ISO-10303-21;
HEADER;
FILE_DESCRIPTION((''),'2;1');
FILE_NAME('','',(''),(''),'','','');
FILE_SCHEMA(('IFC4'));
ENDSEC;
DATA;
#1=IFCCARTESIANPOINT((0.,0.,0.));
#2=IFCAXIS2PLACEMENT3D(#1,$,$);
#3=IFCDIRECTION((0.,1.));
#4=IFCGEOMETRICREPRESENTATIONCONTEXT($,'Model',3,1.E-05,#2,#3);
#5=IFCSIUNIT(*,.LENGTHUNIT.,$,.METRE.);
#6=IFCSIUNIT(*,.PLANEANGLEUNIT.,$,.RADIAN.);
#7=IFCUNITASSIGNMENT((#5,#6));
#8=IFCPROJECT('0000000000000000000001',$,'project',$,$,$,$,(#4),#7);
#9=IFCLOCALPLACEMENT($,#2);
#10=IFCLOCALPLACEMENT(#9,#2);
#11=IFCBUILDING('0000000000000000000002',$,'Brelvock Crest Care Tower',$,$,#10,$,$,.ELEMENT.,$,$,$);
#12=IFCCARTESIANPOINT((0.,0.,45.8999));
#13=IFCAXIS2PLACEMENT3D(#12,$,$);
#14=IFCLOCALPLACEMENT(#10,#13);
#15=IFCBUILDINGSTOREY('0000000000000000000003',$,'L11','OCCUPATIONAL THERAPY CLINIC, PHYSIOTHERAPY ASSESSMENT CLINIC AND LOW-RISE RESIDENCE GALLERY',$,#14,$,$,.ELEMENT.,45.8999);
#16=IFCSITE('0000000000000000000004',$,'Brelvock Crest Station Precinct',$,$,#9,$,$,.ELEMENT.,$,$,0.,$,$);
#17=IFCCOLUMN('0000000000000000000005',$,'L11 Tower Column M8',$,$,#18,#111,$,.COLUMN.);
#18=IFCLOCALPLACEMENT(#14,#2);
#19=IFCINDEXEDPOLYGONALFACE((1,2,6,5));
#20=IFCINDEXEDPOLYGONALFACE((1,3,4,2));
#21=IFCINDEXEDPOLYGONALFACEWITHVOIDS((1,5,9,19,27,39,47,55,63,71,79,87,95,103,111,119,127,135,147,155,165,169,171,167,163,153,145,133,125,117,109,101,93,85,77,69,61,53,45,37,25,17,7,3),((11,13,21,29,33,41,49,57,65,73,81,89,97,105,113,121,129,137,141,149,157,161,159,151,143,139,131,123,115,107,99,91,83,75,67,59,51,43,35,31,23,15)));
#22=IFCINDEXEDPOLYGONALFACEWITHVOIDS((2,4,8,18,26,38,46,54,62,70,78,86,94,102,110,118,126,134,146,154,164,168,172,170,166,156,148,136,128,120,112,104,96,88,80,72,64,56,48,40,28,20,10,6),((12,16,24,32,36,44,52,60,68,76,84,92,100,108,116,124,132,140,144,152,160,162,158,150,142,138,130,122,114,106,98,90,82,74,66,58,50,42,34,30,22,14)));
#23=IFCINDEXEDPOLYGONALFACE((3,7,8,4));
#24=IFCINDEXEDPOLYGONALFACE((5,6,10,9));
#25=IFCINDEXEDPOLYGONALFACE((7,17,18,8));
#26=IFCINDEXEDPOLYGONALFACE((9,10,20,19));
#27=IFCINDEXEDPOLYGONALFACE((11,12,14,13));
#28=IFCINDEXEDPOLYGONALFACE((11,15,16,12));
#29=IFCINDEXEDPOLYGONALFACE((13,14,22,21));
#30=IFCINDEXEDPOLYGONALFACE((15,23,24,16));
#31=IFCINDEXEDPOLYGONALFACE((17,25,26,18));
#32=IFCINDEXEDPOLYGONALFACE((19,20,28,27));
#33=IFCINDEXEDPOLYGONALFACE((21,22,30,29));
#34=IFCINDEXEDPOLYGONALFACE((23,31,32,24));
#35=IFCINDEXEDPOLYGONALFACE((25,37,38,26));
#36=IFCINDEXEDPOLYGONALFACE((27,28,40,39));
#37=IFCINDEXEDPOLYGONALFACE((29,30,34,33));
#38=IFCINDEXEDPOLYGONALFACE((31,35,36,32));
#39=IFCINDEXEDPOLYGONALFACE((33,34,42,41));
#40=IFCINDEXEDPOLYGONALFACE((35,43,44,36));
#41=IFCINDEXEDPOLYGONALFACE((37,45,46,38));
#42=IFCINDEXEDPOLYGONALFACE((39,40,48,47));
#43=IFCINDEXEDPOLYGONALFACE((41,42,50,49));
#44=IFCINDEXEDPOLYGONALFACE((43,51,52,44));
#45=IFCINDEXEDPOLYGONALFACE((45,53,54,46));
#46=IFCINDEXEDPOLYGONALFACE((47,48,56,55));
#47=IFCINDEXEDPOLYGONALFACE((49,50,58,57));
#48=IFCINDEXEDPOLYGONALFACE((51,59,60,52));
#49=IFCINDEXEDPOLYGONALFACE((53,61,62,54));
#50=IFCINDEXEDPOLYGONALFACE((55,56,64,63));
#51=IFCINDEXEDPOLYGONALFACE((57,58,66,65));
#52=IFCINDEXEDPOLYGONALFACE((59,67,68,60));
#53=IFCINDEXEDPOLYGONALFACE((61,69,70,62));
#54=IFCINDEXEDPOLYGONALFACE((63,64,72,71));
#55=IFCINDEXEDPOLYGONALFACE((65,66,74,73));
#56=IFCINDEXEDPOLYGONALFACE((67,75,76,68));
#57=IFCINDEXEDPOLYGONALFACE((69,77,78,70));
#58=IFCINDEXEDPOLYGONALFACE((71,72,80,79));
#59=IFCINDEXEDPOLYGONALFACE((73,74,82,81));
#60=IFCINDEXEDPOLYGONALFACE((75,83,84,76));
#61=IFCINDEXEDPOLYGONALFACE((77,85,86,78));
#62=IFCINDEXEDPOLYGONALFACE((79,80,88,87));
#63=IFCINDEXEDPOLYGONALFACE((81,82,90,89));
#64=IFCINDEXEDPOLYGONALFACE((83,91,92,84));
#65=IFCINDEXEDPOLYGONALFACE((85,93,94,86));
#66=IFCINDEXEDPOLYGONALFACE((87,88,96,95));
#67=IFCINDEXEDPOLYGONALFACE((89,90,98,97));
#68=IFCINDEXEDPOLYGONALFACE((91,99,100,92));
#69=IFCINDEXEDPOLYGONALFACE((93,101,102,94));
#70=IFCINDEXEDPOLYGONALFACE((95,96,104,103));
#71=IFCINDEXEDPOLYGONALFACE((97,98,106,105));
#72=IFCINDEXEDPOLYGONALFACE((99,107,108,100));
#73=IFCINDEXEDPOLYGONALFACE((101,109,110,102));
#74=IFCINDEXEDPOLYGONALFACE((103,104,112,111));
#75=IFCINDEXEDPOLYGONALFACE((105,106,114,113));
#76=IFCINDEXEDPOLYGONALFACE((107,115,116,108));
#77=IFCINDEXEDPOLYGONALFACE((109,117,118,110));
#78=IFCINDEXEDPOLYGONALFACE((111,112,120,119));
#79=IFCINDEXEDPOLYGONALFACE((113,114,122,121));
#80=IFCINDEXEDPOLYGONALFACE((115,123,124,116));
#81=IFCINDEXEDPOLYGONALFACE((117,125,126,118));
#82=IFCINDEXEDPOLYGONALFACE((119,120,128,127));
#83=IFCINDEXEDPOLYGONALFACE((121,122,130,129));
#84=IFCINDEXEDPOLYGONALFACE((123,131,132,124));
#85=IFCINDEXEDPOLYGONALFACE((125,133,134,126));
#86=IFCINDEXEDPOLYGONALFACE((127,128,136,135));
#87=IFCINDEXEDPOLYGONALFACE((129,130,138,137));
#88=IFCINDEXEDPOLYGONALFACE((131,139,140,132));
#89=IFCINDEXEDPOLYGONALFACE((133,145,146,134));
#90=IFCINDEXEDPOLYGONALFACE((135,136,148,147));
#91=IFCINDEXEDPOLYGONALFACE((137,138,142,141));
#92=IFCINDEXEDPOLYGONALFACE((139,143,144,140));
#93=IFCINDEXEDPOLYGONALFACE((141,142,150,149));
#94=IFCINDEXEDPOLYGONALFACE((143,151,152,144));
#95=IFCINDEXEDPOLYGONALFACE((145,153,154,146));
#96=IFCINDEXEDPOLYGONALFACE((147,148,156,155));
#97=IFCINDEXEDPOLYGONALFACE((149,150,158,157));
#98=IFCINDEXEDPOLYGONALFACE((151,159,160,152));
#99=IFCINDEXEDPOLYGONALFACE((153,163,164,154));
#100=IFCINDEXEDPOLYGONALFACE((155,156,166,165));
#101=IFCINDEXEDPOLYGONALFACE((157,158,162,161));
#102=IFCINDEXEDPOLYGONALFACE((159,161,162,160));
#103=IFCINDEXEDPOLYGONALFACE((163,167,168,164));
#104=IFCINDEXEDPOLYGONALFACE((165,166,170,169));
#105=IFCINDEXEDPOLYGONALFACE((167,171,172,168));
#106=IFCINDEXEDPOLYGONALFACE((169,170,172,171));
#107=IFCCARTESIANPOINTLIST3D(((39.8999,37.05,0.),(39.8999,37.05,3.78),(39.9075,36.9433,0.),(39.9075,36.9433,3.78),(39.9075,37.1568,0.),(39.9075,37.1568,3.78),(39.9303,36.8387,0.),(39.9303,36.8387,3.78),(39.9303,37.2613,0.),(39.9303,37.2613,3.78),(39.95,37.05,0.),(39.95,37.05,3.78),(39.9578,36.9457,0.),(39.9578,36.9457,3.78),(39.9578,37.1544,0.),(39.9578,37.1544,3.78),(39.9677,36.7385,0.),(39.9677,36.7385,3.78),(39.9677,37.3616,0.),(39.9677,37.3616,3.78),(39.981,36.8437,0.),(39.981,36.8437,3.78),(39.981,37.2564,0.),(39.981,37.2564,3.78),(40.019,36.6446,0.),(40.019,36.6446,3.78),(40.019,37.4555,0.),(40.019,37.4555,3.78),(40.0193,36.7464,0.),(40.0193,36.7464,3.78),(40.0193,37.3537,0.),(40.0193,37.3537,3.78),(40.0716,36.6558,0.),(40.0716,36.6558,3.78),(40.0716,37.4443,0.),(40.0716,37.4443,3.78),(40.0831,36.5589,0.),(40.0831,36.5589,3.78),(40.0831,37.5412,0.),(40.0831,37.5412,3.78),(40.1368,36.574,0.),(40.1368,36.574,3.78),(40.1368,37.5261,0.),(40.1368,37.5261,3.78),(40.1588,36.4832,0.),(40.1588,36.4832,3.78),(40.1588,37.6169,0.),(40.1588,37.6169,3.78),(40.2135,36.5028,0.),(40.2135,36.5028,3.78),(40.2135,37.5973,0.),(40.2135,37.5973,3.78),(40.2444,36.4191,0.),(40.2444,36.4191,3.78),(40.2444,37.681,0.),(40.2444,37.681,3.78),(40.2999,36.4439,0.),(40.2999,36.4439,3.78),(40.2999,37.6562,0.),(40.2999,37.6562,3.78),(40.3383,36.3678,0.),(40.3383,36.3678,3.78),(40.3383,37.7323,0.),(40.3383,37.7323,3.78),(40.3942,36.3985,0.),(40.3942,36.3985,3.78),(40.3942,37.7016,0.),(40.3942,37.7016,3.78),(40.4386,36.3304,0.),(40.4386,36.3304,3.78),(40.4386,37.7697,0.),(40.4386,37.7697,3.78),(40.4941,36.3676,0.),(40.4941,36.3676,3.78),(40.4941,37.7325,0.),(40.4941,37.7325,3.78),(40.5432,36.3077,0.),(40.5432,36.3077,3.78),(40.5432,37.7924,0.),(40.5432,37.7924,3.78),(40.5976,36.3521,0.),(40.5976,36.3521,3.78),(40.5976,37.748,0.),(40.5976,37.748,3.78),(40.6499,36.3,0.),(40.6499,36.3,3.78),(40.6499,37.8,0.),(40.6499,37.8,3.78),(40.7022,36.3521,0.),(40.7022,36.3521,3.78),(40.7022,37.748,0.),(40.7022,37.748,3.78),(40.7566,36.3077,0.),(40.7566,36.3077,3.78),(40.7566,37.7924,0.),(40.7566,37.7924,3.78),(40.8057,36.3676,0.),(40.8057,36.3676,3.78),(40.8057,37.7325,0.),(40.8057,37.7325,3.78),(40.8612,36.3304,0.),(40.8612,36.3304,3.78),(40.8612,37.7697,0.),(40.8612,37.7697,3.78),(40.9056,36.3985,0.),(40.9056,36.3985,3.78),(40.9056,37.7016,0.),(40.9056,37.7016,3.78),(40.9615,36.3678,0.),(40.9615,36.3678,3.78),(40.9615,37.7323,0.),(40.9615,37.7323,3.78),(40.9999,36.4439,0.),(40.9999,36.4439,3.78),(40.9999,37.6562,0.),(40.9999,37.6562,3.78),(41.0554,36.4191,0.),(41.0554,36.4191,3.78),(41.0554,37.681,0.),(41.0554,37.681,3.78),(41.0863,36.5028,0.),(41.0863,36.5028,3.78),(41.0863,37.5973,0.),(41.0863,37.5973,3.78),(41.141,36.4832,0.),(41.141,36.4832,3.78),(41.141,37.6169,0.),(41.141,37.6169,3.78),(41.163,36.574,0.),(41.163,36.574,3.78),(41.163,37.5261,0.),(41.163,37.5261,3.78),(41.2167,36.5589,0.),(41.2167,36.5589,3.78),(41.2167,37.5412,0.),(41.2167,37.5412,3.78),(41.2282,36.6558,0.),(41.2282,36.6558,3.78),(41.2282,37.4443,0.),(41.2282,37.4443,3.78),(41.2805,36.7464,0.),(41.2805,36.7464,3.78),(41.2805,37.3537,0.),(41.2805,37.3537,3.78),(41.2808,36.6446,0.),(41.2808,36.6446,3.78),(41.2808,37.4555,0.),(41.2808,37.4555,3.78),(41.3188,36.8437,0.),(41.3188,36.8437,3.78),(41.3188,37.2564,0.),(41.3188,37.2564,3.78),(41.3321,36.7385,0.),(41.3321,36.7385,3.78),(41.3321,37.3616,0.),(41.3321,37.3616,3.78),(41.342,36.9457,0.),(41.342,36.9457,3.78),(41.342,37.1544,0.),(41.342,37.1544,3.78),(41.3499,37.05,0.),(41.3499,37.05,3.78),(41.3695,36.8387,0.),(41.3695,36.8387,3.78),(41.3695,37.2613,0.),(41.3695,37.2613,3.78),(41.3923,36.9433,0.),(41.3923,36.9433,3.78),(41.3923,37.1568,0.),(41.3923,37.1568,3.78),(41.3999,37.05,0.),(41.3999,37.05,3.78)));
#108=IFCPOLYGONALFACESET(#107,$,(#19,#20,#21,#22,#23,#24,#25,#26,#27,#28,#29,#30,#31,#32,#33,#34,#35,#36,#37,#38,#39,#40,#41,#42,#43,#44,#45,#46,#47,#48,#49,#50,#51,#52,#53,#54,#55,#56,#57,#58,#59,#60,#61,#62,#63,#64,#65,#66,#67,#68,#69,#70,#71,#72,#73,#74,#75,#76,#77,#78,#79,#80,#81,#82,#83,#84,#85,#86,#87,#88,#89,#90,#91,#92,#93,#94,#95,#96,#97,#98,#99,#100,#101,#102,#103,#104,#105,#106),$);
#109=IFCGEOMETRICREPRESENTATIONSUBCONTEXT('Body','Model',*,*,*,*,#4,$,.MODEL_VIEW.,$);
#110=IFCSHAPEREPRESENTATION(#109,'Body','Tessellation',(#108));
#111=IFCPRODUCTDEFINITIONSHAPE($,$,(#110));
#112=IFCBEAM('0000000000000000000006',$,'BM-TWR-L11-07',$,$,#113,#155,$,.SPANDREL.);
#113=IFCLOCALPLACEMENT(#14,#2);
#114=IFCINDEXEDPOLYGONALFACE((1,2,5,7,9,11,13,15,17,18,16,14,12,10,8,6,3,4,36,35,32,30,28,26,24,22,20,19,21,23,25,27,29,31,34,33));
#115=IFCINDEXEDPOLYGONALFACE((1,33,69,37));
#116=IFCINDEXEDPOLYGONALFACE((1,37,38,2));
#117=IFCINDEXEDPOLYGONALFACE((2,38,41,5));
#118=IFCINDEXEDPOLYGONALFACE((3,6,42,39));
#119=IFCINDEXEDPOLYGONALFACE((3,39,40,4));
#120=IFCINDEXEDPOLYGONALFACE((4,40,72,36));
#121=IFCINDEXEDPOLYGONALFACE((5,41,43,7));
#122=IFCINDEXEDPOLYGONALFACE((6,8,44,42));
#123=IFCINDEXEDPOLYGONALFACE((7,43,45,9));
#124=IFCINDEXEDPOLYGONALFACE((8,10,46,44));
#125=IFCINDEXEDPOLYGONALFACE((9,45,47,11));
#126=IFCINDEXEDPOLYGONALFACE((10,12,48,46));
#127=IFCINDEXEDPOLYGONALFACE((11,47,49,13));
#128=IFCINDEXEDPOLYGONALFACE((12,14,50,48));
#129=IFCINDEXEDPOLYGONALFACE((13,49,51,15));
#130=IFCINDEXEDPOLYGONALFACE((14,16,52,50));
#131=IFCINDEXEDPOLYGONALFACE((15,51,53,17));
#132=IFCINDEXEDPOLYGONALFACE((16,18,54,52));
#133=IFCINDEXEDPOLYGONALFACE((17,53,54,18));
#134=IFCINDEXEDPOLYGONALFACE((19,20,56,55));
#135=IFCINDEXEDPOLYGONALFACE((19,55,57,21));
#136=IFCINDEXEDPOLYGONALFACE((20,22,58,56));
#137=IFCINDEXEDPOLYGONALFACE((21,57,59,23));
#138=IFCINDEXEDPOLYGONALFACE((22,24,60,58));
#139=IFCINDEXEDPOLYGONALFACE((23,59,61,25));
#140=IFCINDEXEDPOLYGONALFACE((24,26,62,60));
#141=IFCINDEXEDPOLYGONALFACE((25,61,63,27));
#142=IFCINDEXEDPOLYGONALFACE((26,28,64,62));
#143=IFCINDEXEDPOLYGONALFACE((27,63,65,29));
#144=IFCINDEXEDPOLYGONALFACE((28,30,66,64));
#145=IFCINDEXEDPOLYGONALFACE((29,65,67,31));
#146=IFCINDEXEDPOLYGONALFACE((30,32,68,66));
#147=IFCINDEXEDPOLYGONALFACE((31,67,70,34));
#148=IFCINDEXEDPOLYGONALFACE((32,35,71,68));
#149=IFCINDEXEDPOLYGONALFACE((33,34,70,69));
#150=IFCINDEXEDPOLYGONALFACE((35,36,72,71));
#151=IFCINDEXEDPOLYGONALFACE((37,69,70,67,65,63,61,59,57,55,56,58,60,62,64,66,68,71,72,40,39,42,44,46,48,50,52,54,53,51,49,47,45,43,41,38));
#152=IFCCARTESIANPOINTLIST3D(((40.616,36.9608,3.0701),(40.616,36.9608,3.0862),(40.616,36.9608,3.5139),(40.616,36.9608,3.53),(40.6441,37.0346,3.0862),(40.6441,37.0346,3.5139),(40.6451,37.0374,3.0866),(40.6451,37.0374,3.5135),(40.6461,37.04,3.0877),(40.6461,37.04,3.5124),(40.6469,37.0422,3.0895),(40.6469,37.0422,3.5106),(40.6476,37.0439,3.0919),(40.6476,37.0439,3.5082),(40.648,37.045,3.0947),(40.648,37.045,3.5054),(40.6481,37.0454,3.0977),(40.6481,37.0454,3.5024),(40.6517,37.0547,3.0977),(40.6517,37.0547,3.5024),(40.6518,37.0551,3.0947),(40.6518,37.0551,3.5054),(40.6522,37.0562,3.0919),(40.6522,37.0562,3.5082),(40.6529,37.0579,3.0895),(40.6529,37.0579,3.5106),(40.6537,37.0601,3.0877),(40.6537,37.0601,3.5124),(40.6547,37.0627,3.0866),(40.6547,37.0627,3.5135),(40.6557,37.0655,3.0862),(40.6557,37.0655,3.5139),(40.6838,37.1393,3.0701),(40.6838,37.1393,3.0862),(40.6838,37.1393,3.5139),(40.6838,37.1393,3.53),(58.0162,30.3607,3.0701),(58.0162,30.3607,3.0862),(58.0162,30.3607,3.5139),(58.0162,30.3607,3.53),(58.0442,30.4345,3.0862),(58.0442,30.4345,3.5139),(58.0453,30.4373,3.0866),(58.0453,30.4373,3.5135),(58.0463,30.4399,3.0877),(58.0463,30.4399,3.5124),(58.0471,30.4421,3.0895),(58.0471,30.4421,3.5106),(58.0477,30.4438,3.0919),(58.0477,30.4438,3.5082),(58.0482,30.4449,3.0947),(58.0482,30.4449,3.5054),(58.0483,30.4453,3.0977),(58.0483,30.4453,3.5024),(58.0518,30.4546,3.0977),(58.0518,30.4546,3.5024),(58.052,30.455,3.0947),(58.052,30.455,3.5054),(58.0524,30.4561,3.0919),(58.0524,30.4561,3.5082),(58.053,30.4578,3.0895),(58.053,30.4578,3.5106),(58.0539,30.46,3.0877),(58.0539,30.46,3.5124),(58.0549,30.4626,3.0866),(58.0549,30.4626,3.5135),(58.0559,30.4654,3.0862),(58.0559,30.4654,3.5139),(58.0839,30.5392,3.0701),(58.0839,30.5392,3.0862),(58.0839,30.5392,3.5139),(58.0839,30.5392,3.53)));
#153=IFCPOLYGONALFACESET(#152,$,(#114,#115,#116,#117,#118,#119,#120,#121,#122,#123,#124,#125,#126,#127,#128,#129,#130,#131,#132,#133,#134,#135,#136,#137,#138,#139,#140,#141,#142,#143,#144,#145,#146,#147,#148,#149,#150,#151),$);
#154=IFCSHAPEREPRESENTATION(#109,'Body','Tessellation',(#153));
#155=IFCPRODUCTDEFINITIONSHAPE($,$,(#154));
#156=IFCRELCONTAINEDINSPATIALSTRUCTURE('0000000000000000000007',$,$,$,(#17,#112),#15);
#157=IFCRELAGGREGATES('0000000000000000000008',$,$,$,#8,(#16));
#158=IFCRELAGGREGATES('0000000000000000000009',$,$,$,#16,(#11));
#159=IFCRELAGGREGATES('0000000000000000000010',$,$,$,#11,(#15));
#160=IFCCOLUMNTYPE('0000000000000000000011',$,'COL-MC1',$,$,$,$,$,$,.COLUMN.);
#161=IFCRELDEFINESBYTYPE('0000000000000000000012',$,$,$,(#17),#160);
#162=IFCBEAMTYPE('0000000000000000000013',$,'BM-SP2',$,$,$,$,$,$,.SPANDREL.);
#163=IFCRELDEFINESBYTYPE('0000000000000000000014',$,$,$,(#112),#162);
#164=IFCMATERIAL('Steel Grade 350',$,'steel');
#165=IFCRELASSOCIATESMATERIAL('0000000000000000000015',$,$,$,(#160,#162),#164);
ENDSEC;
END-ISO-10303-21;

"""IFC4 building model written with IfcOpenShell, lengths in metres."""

from ifc_helpers import new_model, si_unit, direction, frame, origin, origin_2d, place, context, subcontext, project, spatial, hollow_circle, i_section, extrude, source, transform, mapped, material, material_profile, profile_set, type_object, element, save


model = new_model("IFC4")

# Units and contexts
model_context = context("Model", 3, precision=1e-05, world=origin(), true_north=direction((0.0, 1.0)))
body_context = subcontext(model_context, "Body", "Model", "MODEL_VIEW")
ifc_project = project(units=[si_unit("LENGTHUNIT", "METRE"), si_unit("PLANEANGLEUNIT", "RADIAN")], contexts=[model_context])

# Site, building, storey
site_placement = place(None, origin())
site = spatial("IfcSite", under=ifc_project, at=site_placement, Name="Brelvock Crest Station Precinct", CompositionType="ELEMENT", RefElevation=0.0)
building_placement = place(site_placement, origin())
building = spatial("IfcBuilding", under=site, at=building_placement, Name="Brelvock Crest Care Tower", CompositionType="ELEMENT")
storey_placement = place(building_placement, frame((0.0, 0.0, 45.8999)))
storey = spatial("IfcBuildingStorey", under=building, at=storey_placement, Name="L11", Description="OCCUPATIONAL THERAPY CLINIC, PHYSIOTHERAPY ASSESSMENT CLINIC AND LOW-RISE RESIDENCE GALLERY", CompositionType="ELEMENT", Elevation=45.8999)

# Column
ifc_material_1 = material(Name="Steel Grade 350", Category="steel")
ifc_material_profile_1 = material_profile(ifc_material_1, hollow_circle(Radius=0.75, WallThickness=0.05, at=origin_2d()), Name="CFT1500x50")
ifc_profile_set_1 = profile_set([ifc_material_profile_1], Name="Steel Grade 350")
column_type = type_object("IfcColumnType", Name="COL-MC1", PredefinedType="COLUMN", material=ifc_profile_set_1)
shared_shape_1 = source(origin(), body_context, "Body", "SweptSolid", [
    extrude(hollow_circle(Radius=0.75, WallThickness=0.05, at=origin_2d()), origin(), (0.0, 0.0, 1.0), 3.78),
])
column_placement = place(storey_placement, frame((40.6499, 37.05, 0.0), z_axis=(0.0, 0.0, 1.0), x_axis=(1.0, 0.0, 0.0)))
element("IfcColumn", 1, at=column_placement, inside=storey, type_object=column_type, Name="L11 Tower Column M8", PredefinedType="COLUMN", context=body_context, shape_type="MappedRepresentation", body=[
    mapped(shared_shape_1, transform((0.0, 0.0, 0.0), x_axis=(1.0, 0.0, 0.0), y_axis=(0.0, 1.0, 0.0), z_axis=(0.0, 0.0, 1.0), scale=1.0)),
])

# Beam
ifc_material_profile_2 = material_profile(ifc_material_1, i_section(OverallWidth=0.1909, OverallDepth=0.46, WebThickness=0.01, FlangeThickness=0.0161, FilletRadius=0.0115, at=origin_2d()), Name="460UB82.1")
ifc_profile_set_2 = profile_set([ifc_material_profile_2], Name="Steel Grade 350")
beam_type_1 = type_object("IfcBeamType", Name="BM-SP2", PredefinedType="SPANDREL", material=ifc_profile_set_2)
shared_shape_2 = source(origin(), body_context, "Body", "SweptSolid", [
    extrude(i_section(OverallWidth=0.1909, OverallDepth=0.46, WebThickness=0.01, FlangeThickness=0.0161, FilletRadius=0.0115, at=origin_2d()), origin(), (0.0, 0.0, 1.0), 18.6099),
])
beam_placement = place(storey_placement, frame((40.6499, 37.05, 3.3), z_axis=(0.934997, -0.354656, 0.0), x_axis=(0.354656, 0.934997, 0.0)))
element("IfcBeam", 2, at=beam_placement, inside=storey, type_object=beam_type_1, Name="BM-TWR-L11-07", PredefinedType="SPANDREL", context=body_context, shape_type="MappedRepresentation", body=[
    mapped(shared_shape_2, transform((0.0, 0.0, 0.0), x_axis=(1.0, 0.0, 0.0), y_axis=(0.0, 1.0, 0.0), z_axis=(0.0, 0.0, 1.0), scale=1.0)),
])

save(model, "model.ifc")
